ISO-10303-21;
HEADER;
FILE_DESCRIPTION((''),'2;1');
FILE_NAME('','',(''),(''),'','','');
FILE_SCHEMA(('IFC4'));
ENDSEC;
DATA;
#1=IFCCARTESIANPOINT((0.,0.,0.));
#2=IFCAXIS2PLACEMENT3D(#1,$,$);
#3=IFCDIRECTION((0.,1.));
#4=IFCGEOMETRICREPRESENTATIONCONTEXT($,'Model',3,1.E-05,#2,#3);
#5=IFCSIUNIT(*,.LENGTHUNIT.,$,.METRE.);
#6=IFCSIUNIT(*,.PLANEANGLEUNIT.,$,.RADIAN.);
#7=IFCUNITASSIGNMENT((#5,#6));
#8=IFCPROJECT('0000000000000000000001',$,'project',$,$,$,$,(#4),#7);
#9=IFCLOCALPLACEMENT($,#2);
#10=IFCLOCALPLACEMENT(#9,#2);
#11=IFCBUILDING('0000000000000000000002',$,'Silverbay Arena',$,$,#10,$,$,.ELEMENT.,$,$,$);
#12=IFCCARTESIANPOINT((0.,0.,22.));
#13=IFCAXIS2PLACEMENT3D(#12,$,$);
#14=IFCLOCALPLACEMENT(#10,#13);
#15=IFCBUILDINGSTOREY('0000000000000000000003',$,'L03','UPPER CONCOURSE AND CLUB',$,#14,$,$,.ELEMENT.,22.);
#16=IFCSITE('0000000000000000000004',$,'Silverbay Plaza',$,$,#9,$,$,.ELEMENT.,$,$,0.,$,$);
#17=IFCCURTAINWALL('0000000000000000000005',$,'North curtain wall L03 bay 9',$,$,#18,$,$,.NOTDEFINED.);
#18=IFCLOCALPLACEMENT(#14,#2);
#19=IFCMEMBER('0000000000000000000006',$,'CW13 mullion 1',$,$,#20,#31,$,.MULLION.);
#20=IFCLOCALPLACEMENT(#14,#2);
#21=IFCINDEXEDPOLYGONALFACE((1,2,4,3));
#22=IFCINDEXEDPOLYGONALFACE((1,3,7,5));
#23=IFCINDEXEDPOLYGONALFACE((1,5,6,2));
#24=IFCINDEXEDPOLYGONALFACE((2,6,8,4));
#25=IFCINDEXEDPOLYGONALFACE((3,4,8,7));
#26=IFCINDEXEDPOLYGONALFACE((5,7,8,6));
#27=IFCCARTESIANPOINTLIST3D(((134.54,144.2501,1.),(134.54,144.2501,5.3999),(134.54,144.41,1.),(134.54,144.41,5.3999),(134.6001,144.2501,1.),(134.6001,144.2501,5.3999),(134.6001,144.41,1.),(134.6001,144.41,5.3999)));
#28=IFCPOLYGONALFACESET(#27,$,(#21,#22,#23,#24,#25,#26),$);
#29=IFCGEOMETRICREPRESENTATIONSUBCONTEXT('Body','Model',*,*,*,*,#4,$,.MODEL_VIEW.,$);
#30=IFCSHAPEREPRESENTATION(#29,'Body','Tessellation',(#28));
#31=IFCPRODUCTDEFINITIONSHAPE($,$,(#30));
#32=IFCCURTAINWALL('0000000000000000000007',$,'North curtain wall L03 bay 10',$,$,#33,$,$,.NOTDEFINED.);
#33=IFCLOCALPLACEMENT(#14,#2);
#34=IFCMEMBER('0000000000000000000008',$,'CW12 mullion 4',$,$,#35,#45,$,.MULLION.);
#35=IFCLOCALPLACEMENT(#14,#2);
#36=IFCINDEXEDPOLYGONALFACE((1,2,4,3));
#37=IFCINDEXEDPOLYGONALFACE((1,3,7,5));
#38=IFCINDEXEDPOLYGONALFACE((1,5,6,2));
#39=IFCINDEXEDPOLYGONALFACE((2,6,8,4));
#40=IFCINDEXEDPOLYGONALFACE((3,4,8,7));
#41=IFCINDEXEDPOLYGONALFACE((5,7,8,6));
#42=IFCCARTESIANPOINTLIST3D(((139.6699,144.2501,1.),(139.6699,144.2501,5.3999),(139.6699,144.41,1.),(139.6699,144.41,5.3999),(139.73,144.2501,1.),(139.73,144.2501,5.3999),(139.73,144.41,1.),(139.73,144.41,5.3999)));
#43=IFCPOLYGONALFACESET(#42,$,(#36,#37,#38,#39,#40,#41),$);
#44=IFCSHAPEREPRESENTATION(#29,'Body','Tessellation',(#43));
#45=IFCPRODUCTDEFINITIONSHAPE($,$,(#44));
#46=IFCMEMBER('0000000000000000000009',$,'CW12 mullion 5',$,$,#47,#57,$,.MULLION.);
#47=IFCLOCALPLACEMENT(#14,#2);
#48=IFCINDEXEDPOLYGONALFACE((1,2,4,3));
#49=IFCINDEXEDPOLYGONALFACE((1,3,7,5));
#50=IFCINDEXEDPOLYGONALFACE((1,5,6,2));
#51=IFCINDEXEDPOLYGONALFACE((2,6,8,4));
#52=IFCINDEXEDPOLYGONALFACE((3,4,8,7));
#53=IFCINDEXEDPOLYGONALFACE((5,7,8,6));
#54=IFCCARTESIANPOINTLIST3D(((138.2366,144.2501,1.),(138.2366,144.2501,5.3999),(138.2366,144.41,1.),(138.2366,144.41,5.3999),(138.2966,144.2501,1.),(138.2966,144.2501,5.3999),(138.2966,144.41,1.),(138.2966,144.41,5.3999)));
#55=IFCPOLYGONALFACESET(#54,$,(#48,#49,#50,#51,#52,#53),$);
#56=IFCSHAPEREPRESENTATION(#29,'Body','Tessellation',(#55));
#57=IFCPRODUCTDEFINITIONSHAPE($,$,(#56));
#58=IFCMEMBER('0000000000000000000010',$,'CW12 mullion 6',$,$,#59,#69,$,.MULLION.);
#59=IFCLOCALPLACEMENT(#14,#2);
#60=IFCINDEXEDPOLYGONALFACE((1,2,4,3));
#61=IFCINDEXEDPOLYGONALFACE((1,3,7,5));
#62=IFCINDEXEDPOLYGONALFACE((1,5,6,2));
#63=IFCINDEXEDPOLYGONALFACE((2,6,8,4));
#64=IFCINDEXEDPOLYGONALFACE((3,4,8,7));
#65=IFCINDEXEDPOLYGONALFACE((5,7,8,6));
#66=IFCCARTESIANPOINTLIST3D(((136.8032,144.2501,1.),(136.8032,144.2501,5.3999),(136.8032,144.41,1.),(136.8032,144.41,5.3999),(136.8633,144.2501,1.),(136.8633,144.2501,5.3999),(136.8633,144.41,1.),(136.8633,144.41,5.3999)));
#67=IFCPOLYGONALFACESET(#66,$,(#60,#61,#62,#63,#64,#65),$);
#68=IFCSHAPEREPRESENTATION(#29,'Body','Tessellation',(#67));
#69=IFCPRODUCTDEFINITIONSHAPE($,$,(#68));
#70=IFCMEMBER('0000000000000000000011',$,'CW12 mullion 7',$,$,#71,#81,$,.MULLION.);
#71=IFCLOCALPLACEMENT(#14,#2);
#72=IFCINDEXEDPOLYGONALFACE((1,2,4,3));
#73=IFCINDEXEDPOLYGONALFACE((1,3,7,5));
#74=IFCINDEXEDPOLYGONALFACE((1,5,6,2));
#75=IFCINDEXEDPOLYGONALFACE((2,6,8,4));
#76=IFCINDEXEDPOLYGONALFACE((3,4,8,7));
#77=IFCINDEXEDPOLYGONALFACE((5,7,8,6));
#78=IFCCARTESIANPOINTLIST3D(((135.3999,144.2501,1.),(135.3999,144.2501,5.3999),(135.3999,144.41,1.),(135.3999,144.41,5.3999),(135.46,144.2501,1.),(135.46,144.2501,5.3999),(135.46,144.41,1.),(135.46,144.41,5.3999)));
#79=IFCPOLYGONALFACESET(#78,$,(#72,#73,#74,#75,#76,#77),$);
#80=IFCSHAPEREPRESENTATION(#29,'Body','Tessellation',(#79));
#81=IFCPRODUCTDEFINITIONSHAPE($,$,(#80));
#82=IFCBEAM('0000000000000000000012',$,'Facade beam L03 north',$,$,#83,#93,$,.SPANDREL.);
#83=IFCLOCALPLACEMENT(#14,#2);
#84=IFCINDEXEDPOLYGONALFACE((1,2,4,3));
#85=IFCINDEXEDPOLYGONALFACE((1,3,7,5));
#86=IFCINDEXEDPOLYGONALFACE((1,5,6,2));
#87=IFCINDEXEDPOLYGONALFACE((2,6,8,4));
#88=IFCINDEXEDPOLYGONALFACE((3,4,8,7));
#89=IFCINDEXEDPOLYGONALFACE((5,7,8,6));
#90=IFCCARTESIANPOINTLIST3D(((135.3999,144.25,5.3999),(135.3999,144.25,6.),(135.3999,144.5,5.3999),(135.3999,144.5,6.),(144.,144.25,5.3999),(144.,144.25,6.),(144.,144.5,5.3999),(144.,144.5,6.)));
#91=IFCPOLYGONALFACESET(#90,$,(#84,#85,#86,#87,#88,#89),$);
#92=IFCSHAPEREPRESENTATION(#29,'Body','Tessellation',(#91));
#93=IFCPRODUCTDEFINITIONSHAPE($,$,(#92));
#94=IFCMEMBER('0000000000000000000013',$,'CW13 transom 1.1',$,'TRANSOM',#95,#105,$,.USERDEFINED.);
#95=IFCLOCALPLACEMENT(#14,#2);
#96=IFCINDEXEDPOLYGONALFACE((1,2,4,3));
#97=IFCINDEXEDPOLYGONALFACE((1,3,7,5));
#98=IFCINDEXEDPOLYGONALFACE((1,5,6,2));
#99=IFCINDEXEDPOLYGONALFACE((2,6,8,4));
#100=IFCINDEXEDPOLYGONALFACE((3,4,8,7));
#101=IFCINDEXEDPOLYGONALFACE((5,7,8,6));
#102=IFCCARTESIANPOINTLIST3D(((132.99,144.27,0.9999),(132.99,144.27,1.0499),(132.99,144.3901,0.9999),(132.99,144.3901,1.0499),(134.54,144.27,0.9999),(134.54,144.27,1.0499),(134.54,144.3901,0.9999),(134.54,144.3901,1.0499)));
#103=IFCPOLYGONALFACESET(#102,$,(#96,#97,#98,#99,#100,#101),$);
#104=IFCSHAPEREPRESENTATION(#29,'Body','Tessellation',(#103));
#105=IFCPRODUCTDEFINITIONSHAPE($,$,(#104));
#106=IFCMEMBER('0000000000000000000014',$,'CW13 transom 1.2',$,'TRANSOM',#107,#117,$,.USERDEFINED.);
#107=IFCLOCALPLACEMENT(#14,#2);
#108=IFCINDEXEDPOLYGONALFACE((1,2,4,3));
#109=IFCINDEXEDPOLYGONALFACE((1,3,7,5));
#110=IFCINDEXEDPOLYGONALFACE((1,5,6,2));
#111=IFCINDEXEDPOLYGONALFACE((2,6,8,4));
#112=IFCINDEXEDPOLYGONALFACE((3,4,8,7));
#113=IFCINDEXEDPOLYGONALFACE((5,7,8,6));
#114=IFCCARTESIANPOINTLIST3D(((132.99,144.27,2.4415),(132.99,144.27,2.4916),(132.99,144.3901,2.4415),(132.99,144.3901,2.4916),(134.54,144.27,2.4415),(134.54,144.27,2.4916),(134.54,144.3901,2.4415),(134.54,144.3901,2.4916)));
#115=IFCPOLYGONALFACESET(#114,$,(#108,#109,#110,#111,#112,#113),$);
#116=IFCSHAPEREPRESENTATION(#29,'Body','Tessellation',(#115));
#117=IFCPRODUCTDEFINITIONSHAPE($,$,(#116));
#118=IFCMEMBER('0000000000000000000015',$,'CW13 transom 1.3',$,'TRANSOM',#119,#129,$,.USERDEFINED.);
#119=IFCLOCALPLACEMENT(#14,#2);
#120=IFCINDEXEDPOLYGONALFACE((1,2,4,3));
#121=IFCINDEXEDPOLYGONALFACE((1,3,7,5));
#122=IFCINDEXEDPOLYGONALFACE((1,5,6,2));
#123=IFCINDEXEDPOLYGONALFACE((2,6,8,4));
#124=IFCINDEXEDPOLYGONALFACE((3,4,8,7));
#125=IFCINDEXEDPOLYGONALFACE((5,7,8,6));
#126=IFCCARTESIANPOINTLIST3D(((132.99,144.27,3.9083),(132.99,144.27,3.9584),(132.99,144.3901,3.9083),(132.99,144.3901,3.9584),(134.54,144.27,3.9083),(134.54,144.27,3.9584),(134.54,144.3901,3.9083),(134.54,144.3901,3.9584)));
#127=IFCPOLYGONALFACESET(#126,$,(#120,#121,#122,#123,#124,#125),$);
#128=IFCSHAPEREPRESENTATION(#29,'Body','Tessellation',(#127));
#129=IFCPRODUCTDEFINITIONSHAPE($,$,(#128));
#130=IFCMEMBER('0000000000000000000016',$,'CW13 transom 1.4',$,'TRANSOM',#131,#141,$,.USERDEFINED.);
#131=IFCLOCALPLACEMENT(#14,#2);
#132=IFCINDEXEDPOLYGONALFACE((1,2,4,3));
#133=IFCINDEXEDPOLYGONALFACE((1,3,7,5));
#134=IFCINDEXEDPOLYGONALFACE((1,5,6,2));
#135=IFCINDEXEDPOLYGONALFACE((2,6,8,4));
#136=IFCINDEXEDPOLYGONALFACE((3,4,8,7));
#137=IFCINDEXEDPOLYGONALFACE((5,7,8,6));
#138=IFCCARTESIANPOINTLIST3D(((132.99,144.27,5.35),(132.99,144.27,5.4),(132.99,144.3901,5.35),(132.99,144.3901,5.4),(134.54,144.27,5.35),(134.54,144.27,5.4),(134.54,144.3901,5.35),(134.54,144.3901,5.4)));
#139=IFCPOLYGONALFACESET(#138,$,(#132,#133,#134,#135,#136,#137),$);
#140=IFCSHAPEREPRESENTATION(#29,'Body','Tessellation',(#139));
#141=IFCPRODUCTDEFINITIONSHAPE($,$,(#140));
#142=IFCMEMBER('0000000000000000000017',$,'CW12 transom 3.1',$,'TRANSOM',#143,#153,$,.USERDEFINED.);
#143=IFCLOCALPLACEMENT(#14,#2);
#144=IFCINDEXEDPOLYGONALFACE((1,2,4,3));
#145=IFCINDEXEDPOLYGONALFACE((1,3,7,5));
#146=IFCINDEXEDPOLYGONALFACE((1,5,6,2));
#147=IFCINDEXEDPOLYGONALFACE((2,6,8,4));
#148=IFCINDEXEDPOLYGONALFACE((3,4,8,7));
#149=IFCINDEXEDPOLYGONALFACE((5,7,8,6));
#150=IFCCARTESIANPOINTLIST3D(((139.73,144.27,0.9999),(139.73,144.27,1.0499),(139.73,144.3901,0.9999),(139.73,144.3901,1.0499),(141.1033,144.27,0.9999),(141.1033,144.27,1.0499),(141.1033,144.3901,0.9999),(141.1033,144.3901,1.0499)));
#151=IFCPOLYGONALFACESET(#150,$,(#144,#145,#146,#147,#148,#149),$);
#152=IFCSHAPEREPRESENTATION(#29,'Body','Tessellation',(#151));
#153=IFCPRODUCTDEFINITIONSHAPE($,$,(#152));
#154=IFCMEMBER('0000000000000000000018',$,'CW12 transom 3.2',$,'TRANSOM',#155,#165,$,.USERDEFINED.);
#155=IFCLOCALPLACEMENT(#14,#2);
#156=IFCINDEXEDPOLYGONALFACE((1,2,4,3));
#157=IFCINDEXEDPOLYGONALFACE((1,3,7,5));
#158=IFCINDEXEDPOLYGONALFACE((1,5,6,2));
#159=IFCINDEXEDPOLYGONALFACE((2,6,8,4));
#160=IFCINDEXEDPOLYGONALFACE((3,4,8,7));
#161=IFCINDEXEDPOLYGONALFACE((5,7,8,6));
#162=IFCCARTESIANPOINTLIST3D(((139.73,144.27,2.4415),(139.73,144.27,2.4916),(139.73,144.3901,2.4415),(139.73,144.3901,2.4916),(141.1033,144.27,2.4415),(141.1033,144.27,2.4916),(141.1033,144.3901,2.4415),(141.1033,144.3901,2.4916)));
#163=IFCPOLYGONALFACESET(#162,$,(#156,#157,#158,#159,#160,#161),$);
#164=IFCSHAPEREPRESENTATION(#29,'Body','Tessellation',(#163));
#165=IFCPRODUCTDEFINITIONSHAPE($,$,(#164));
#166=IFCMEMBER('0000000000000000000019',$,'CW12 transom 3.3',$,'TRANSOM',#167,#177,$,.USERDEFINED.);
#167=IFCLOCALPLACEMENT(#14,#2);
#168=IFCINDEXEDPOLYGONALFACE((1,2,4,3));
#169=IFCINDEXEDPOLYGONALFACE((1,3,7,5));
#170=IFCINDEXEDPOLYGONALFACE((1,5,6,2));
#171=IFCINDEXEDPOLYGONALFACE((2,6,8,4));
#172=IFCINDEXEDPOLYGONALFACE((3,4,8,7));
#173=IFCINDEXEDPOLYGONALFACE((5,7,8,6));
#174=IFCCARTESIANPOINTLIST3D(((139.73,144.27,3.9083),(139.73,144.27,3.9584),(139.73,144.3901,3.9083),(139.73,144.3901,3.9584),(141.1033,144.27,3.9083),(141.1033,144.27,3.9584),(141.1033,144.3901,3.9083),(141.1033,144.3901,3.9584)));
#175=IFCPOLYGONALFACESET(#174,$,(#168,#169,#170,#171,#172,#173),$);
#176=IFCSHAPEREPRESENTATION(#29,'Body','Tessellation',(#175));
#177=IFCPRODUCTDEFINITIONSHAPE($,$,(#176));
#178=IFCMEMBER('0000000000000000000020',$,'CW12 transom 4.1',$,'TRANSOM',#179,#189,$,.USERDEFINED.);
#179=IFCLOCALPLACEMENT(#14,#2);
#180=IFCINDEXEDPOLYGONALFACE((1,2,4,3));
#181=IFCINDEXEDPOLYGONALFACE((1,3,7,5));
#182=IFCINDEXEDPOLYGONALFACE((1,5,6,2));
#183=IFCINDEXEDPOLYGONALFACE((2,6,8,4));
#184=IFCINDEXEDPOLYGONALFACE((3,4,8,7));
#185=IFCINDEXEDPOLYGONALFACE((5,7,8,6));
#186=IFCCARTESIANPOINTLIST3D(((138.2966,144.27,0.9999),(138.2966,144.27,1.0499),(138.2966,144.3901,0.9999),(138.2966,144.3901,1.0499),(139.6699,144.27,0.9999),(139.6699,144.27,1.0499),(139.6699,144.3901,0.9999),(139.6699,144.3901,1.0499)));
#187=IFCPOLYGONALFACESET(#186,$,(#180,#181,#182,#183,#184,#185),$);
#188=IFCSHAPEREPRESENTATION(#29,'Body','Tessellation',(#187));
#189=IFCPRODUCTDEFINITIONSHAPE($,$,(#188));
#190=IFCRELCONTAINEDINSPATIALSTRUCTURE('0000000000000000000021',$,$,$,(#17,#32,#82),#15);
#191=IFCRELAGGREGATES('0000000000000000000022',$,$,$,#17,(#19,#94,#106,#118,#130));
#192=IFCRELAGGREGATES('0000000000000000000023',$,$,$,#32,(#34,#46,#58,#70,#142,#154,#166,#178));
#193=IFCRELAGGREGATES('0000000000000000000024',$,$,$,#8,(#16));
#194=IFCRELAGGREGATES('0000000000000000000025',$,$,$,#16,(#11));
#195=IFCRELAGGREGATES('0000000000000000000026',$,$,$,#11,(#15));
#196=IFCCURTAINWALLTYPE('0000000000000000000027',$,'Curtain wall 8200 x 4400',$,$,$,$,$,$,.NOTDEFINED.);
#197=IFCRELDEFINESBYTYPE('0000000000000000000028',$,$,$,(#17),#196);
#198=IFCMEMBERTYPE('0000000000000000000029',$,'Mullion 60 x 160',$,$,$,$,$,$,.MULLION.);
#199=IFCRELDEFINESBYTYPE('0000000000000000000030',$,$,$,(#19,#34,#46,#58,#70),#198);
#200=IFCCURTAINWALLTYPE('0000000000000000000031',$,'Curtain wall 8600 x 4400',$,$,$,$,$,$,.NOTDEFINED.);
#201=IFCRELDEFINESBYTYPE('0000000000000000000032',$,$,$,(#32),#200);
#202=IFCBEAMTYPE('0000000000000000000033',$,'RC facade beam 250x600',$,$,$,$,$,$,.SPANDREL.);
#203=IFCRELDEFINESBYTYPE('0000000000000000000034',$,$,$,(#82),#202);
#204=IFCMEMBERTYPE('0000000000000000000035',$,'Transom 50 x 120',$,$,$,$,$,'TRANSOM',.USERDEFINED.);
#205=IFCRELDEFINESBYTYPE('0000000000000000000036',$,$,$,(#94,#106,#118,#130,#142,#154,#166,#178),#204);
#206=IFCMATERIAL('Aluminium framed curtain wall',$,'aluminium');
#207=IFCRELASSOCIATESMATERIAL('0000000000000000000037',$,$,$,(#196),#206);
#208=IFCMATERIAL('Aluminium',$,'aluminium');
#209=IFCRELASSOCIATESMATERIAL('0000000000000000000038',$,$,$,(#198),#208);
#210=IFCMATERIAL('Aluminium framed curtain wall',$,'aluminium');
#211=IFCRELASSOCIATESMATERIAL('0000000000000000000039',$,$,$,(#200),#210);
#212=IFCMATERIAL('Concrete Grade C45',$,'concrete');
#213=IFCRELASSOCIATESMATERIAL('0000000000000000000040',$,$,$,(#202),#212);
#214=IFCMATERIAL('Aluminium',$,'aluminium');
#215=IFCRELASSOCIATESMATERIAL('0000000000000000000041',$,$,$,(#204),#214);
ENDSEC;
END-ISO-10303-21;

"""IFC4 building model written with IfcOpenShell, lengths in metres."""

from ifc_helpers import new_model, si_unit, direction, frame, origin, origin_2d, place, context, subcontext, project, spatial, rectangle, extrude, material, material_profile, profile_set, type_object, element, aggregate, save


model = new_model("IFC4")

# Units and contexts
model_context = context("Model", 3, precision=1e-05, world=origin(), true_north=direction((0.0, 1.0)))
body_context = subcontext(model_context, "Body", "Model", "MODEL_VIEW")
ifc_project = project(units=[si_unit("LENGTHUNIT", "METRE"), si_unit("PLANEANGLEUNIT", "RADIAN")], contexts=[model_context])

# Site, building, storey
site_placement = place(None, origin())
site = spatial("IfcSite", under=ifc_project, at=site_placement, Name="Silverbay Plaza", CompositionType="ELEMENT", RefElevation=0.0)
building_placement = place(site_placement, origin())
building = spatial("IfcBuilding", under=site, at=building_placement, Name="Silverbay Arena", CompositionType="ELEMENT")
storey_placement = place(building_placement, frame((0.0, 0.0, 22.0)))
storey = spatial("IfcBuildingStorey", under=building, at=storey_placement, Name="L03", Description="UPPER CONCOURSE AND CLUB", CompositionType="ELEMENT", Elevation=22.0)

# Curtain wall, member
ifc_material_1 = material(Name="Aluminium framed curtain wall", Category="aluminium")
curtain_wall_type_1 = type_object("IfcCurtainWallType", Name="Curtain wall 8200 x 4400", PredefinedType="NOTDEFINED", material=ifc_material_1)
curtain_wall_1_placement = place(storey_placement, origin())
curtain_wall_1 = element("IfcCurtainWall", 1, at=curtain_wall_1_placement, inside=storey, type_object=curtain_wall_type_1, Name="North curtain wall L03 bay 9", PredefinedType="NOTDEFINED")
ifc_material_2 = material(Name="Aluminium", Category="aluminium")
ifc_material_profile_1 = material_profile(ifc_material_2, rectangle(XDim=0.1599, YDim=0.0601, at=origin_2d()), Name="Mullion 60 x 160")
ifc_profile_set_1 = profile_set([ifc_material_profile_1], Name="Aluminium")
member_type_1 = type_object("IfcMemberType", Name="Mullion 60 x 160", PredefinedType="MULLION", material=ifc_profile_set_1)
member_1_placement = place(storey_placement, frame((134.5701, 144.3301, 1.0), z_axis=(0.0, 0.0, 1.0), x_axis=(0.0, -1.0, 0.0)))
member_1 = element("IfcMember", 2, at=member_1_placement, type_object=member_type_1, Name="CW13 mullion 1", PredefinedType="MULLION", context=body_context, shape_type="SweptSolid", body=[
    extrude(rectangle(XDim=0.1599, YDim=0.0601, at=origin_2d()), origin(), (0.0, 0.0, 1.0), 4.3999),
])

# Curtain wall, members
ifc_material_3 = material(Name="Aluminium framed curtain wall", Category="aluminium")
curtain_wall_type_2 = type_object("IfcCurtainWallType", Name="Curtain wall 8600 x 4400", PredefinedType="NOTDEFINED", material=ifc_material_3)
curtain_wall_2_placement = place(storey_placement, origin())
curtain_wall_2 = element("IfcCurtainWall", 3, at=curtain_wall_2_placement, inside=storey, type_object=curtain_wall_type_2, Name="North curtain wall L03 bay 10", PredefinedType="NOTDEFINED")
member_2_placement = place(storey_placement, frame((139.7, 144.3301, 1.0), z_axis=(0.0, 0.0, 1.0), x_axis=(0.0, -1.0, 0.0)))
member_2 = element("IfcMember", 4, at=member_2_placement, type_object=member_type_1, Name="CW12 mullion 4", PredefinedType="MULLION", context=body_context, shape_type="SweptSolid", body=[
    extrude(rectangle(XDim=0.1599, YDim=0.0601, at=origin_2d()), origin(), (0.0, 0.0, 1.0), 4.3999),
])
member_3_placement = place(storey_placement, frame((138.2666, 144.3301, 1.0), z_axis=(0.0, 0.0, 1.0), x_axis=(0.0, -1.0, 0.0)))
member_3 = element("IfcMember", 5, at=member_3_placement, type_object=member_type_1, Name="CW12 mullion 5", PredefinedType="MULLION", context=body_context, shape_type="SweptSolid", body=[
    extrude(rectangle(XDim=0.1599, YDim=0.0601, at=origin_2d()), origin(), (0.0, 0.0, 1.0), 4.3999),
])
member_4_placement = place(storey_placement, frame((136.8333, 144.3301, 1.0), z_axis=(0.0, 0.0, 1.0), x_axis=(0.0, -1.0, 0.0)))
member_4 = element("IfcMember", 6, at=member_4_placement, type_object=member_type_1, Name="CW12 mullion 6", PredefinedType="MULLION", context=body_context, shape_type="SweptSolid", body=[
    extrude(rectangle(XDim=0.1599, YDim=0.0601, at=origin_2d()), origin(), (0.0, 0.0, 1.0), 4.3999),
])
member_5_placement = place(storey_placement, frame((135.4299, 144.3301, 1.0), z_axis=(0.0, 0.0, 1.0), x_axis=(0.0, -1.0, 0.0)))
member_5 = element("IfcMember", 7, at=member_5_placement, type_object=member_type_1, Name="CW12 mullion 7", PredefinedType="MULLION", context=body_context, shape_type="SweptSolid", body=[
    extrude(rectangle(XDim=0.1599, YDim=0.0601, at=origin_2d()), origin(), (0.0, 0.0, 1.0), 4.3999),
])

# Beam
ifc_material_4 = material(Name="Concrete Grade C45", Category="concrete")
ifc_material_profile_2 = material_profile(ifc_material_4, rectangle(XDim=0.25, YDim=0.6001, at=origin_2d()), Name="RC 250x600")
ifc_profile_set_2 = profile_set([ifc_material_profile_2], Name="Concrete Grade C45")
beam_type = type_object("IfcBeamType", Name="RC facade beam 250x600", PredefinedType="SPANDREL", material=ifc_profile_set_2)
beam_placement = place(storey_placement, frame((135.3999, 144.375, 5.7), z_axis=(1.0, 0.0, 0.0), x_axis=(0.0, 1.0, 0.0)))
element("IfcBeam", 8, at=beam_placement, inside=storey, type_object=beam_type, Name="Facade beam L03 north", PredefinedType="SPANDREL", context=body_context, shape_type="SweptSolid", body=[
    extrude(rectangle(XDim=0.25, YDim=0.6001, at=origin_2d()), origin(), (0.0, 0.0, 1.0), 8.6001),
])

# Members
ifc_material_5 = material(Name="Aluminium", Category="aluminium")
ifc_material_profile_3 = material_profile(ifc_material_5, rectangle(XDim=0.1201, YDim=0.05, at=origin_2d()), Name="Transom 50 x 120")
ifc_profile_set_3 = profile_set([ifc_material_profile_3], Name="Aluminium")
member_type_2 = type_object("IfcMemberType", Name="Transom 50 x 120", ElementType="TRANSOM", PredefinedType="USERDEFINED", material=ifc_profile_set_3)
member_6_placement = place(storey_placement, frame((134.54, 144.3301, 1.0249), z_axis=(-1.0, 0.0, 0.0), x_axis=(0.0, -1.0, 0.0)))
member_6 = element("IfcMember", 9, at=member_6_placement, type_object=member_type_2, Name="CW13 transom 1.1", ObjectType="TRANSOM", PredefinedType="USERDEFINED", context=body_context, shape_type="SweptSolid", body=[
    extrude(rectangle(XDim=0.1201, YDim=0.05, at=origin_2d()), origin(), (0.0, 0.0, 1.0), 1.55),
])
member_7_placement = place(storey_placement, frame((134.54, 144.3301, 2.4666), z_axis=(-1.0, 0.0, 0.0), x_axis=(0.0, -1.0, 0.0)))
member_7 = element("IfcMember", 10, at=member_7_placement, type_object=member_type_2, Name="CW13 transom 1.2", ObjectType="TRANSOM", PredefinedType="USERDEFINED", context=body_context, shape_type="SweptSolid", body=[
    extrude(rectangle(XDim=0.1201, YDim=0.05, at=origin_2d()), origin(), (0.0, 0.0, 1.0), 1.55),
])
member_8_placement = place(storey_placement, frame((134.54, 144.3301, 3.9333), z_axis=(-1.0, 0.0, 0.0), x_axis=(0.0, -1.0, 0.0)))
member_8 = element("IfcMember", 11, at=member_8_placement, type_object=member_type_2, Name="CW13 transom 1.3", ObjectType="TRANSOM", PredefinedType="USERDEFINED", context=body_context, shape_type="SweptSolid", body=[
    extrude(rectangle(XDim=0.1201, YDim=0.05, at=origin_2d()), origin(), (0.0, 0.0, 1.0), 1.55),
])
member_9_placement = place(storey_placement, frame((134.54, 144.3301, 5.375), z_axis=(-1.0, 0.0, 0.0), x_axis=(0.0, -1.0, 0.0)))
member_9 = element("IfcMember", 12, at=member_9_placement, type_object=member_type_2, Name="CW13 transom 1.4", ObjectType="TRANSOM", PredefinedType="USERDEFINED", context=body_context, shape_type="SweptSolid", body=[
    extrude(rectangle(XDim=0.1201, YDim=0.05, at=origin_2d()), origin(), (0.0, 0.0, 1.0), 1.55),
])
member_10_placement = place(storey_placement, frame((141.1033, 144.3301, 1.0249), z_axis=(-1.0, 0.0, 0.0), x_axis=(0.0, -1.0, 0.0)))
member_10 = element("IfcMember", 13, at=member_10_placement, type_object=member_type_2, Name="CW12 transom 3.1", ObjectType="TRANSOM", PredefinedType="USERDEFINED", context=body_context, shape_type="SweptSolid", body=[
    extrude(rectangle(XDim=0.1201, YDim=0.05, at=origin_2d()), origin(), (0.0, 0.0, 1.0), 1.3733),
])
member_11_placement = place(storey_placement, frame((141.1033, 144.3301, 2.4666), z_axis=(-1.0, 0.0, 0.0), x_axis=(0.0, -1.0, 0.0)))
member_11 = element("IfcMember", 14, at=member_11_placement, type_object=member_type_2, Name="CW12 transom 3.2", ObjectType="TRANSOM", PredefinedType="USERDEFINED", context=body_context, shape_type="SweptSolid", body=[
    extrude(rectangle(XDim=0.1201, YDim=0.05, at=origin_2d()), origin(), (0.0, 0.0, 1.0), 1.3733),
])
member_12_placement = place(storey_placement, frame((141.1033, 144.3301, 3.9333), z_axis=(-1.0, 0.0, 0.0), x_axis=(0.0, -1.0, 0.0)))
member_12 = element("IfcMember", 15, at=member_12_placement, type_object=member_type_2, Name="CW12 transom 3.3", ObjectType="TRANSOM", PredefinedType="USERDEFINED", context=body_context, shape_type="SweptSolid", body=[
    extrude(rectangle(XDim=0.1201, YDim=0.05, at=origin_2d()), origin(), (0.0, 0.0, 1.0), 1.3733),
])
member_13_placement = place(storey_placement, frame((139.6699, 144.3301, 1.0249), z_axis=(-1.0, 0.0, 0.0), x_axis=(0.0, -1.0, 0.0)))
member_13 = element("IfcMember", 16, at=member_13_placement, type_object=member_type_2, Name="CW12 transom 4.1", ObjectType="TRANSOM", PredefinedType="USERDEFINED", context=body_context, shape_type="SweptSolid", body=[
    extrude(rectangle(XDim=0.1201, YDim=0.05, at=origin_2d()), origin(), (0.0, 0.0, 1.0), 1.3733),
])

aggregate(curtain_wall_1, [member_1, member_6, member_7, member_8, member_9])
aggregate(curtain_wall_2, [member_2, member_3, member_4, member_5, member_10, member_11, member_12, member_13])

save(model, "model.ifc")
